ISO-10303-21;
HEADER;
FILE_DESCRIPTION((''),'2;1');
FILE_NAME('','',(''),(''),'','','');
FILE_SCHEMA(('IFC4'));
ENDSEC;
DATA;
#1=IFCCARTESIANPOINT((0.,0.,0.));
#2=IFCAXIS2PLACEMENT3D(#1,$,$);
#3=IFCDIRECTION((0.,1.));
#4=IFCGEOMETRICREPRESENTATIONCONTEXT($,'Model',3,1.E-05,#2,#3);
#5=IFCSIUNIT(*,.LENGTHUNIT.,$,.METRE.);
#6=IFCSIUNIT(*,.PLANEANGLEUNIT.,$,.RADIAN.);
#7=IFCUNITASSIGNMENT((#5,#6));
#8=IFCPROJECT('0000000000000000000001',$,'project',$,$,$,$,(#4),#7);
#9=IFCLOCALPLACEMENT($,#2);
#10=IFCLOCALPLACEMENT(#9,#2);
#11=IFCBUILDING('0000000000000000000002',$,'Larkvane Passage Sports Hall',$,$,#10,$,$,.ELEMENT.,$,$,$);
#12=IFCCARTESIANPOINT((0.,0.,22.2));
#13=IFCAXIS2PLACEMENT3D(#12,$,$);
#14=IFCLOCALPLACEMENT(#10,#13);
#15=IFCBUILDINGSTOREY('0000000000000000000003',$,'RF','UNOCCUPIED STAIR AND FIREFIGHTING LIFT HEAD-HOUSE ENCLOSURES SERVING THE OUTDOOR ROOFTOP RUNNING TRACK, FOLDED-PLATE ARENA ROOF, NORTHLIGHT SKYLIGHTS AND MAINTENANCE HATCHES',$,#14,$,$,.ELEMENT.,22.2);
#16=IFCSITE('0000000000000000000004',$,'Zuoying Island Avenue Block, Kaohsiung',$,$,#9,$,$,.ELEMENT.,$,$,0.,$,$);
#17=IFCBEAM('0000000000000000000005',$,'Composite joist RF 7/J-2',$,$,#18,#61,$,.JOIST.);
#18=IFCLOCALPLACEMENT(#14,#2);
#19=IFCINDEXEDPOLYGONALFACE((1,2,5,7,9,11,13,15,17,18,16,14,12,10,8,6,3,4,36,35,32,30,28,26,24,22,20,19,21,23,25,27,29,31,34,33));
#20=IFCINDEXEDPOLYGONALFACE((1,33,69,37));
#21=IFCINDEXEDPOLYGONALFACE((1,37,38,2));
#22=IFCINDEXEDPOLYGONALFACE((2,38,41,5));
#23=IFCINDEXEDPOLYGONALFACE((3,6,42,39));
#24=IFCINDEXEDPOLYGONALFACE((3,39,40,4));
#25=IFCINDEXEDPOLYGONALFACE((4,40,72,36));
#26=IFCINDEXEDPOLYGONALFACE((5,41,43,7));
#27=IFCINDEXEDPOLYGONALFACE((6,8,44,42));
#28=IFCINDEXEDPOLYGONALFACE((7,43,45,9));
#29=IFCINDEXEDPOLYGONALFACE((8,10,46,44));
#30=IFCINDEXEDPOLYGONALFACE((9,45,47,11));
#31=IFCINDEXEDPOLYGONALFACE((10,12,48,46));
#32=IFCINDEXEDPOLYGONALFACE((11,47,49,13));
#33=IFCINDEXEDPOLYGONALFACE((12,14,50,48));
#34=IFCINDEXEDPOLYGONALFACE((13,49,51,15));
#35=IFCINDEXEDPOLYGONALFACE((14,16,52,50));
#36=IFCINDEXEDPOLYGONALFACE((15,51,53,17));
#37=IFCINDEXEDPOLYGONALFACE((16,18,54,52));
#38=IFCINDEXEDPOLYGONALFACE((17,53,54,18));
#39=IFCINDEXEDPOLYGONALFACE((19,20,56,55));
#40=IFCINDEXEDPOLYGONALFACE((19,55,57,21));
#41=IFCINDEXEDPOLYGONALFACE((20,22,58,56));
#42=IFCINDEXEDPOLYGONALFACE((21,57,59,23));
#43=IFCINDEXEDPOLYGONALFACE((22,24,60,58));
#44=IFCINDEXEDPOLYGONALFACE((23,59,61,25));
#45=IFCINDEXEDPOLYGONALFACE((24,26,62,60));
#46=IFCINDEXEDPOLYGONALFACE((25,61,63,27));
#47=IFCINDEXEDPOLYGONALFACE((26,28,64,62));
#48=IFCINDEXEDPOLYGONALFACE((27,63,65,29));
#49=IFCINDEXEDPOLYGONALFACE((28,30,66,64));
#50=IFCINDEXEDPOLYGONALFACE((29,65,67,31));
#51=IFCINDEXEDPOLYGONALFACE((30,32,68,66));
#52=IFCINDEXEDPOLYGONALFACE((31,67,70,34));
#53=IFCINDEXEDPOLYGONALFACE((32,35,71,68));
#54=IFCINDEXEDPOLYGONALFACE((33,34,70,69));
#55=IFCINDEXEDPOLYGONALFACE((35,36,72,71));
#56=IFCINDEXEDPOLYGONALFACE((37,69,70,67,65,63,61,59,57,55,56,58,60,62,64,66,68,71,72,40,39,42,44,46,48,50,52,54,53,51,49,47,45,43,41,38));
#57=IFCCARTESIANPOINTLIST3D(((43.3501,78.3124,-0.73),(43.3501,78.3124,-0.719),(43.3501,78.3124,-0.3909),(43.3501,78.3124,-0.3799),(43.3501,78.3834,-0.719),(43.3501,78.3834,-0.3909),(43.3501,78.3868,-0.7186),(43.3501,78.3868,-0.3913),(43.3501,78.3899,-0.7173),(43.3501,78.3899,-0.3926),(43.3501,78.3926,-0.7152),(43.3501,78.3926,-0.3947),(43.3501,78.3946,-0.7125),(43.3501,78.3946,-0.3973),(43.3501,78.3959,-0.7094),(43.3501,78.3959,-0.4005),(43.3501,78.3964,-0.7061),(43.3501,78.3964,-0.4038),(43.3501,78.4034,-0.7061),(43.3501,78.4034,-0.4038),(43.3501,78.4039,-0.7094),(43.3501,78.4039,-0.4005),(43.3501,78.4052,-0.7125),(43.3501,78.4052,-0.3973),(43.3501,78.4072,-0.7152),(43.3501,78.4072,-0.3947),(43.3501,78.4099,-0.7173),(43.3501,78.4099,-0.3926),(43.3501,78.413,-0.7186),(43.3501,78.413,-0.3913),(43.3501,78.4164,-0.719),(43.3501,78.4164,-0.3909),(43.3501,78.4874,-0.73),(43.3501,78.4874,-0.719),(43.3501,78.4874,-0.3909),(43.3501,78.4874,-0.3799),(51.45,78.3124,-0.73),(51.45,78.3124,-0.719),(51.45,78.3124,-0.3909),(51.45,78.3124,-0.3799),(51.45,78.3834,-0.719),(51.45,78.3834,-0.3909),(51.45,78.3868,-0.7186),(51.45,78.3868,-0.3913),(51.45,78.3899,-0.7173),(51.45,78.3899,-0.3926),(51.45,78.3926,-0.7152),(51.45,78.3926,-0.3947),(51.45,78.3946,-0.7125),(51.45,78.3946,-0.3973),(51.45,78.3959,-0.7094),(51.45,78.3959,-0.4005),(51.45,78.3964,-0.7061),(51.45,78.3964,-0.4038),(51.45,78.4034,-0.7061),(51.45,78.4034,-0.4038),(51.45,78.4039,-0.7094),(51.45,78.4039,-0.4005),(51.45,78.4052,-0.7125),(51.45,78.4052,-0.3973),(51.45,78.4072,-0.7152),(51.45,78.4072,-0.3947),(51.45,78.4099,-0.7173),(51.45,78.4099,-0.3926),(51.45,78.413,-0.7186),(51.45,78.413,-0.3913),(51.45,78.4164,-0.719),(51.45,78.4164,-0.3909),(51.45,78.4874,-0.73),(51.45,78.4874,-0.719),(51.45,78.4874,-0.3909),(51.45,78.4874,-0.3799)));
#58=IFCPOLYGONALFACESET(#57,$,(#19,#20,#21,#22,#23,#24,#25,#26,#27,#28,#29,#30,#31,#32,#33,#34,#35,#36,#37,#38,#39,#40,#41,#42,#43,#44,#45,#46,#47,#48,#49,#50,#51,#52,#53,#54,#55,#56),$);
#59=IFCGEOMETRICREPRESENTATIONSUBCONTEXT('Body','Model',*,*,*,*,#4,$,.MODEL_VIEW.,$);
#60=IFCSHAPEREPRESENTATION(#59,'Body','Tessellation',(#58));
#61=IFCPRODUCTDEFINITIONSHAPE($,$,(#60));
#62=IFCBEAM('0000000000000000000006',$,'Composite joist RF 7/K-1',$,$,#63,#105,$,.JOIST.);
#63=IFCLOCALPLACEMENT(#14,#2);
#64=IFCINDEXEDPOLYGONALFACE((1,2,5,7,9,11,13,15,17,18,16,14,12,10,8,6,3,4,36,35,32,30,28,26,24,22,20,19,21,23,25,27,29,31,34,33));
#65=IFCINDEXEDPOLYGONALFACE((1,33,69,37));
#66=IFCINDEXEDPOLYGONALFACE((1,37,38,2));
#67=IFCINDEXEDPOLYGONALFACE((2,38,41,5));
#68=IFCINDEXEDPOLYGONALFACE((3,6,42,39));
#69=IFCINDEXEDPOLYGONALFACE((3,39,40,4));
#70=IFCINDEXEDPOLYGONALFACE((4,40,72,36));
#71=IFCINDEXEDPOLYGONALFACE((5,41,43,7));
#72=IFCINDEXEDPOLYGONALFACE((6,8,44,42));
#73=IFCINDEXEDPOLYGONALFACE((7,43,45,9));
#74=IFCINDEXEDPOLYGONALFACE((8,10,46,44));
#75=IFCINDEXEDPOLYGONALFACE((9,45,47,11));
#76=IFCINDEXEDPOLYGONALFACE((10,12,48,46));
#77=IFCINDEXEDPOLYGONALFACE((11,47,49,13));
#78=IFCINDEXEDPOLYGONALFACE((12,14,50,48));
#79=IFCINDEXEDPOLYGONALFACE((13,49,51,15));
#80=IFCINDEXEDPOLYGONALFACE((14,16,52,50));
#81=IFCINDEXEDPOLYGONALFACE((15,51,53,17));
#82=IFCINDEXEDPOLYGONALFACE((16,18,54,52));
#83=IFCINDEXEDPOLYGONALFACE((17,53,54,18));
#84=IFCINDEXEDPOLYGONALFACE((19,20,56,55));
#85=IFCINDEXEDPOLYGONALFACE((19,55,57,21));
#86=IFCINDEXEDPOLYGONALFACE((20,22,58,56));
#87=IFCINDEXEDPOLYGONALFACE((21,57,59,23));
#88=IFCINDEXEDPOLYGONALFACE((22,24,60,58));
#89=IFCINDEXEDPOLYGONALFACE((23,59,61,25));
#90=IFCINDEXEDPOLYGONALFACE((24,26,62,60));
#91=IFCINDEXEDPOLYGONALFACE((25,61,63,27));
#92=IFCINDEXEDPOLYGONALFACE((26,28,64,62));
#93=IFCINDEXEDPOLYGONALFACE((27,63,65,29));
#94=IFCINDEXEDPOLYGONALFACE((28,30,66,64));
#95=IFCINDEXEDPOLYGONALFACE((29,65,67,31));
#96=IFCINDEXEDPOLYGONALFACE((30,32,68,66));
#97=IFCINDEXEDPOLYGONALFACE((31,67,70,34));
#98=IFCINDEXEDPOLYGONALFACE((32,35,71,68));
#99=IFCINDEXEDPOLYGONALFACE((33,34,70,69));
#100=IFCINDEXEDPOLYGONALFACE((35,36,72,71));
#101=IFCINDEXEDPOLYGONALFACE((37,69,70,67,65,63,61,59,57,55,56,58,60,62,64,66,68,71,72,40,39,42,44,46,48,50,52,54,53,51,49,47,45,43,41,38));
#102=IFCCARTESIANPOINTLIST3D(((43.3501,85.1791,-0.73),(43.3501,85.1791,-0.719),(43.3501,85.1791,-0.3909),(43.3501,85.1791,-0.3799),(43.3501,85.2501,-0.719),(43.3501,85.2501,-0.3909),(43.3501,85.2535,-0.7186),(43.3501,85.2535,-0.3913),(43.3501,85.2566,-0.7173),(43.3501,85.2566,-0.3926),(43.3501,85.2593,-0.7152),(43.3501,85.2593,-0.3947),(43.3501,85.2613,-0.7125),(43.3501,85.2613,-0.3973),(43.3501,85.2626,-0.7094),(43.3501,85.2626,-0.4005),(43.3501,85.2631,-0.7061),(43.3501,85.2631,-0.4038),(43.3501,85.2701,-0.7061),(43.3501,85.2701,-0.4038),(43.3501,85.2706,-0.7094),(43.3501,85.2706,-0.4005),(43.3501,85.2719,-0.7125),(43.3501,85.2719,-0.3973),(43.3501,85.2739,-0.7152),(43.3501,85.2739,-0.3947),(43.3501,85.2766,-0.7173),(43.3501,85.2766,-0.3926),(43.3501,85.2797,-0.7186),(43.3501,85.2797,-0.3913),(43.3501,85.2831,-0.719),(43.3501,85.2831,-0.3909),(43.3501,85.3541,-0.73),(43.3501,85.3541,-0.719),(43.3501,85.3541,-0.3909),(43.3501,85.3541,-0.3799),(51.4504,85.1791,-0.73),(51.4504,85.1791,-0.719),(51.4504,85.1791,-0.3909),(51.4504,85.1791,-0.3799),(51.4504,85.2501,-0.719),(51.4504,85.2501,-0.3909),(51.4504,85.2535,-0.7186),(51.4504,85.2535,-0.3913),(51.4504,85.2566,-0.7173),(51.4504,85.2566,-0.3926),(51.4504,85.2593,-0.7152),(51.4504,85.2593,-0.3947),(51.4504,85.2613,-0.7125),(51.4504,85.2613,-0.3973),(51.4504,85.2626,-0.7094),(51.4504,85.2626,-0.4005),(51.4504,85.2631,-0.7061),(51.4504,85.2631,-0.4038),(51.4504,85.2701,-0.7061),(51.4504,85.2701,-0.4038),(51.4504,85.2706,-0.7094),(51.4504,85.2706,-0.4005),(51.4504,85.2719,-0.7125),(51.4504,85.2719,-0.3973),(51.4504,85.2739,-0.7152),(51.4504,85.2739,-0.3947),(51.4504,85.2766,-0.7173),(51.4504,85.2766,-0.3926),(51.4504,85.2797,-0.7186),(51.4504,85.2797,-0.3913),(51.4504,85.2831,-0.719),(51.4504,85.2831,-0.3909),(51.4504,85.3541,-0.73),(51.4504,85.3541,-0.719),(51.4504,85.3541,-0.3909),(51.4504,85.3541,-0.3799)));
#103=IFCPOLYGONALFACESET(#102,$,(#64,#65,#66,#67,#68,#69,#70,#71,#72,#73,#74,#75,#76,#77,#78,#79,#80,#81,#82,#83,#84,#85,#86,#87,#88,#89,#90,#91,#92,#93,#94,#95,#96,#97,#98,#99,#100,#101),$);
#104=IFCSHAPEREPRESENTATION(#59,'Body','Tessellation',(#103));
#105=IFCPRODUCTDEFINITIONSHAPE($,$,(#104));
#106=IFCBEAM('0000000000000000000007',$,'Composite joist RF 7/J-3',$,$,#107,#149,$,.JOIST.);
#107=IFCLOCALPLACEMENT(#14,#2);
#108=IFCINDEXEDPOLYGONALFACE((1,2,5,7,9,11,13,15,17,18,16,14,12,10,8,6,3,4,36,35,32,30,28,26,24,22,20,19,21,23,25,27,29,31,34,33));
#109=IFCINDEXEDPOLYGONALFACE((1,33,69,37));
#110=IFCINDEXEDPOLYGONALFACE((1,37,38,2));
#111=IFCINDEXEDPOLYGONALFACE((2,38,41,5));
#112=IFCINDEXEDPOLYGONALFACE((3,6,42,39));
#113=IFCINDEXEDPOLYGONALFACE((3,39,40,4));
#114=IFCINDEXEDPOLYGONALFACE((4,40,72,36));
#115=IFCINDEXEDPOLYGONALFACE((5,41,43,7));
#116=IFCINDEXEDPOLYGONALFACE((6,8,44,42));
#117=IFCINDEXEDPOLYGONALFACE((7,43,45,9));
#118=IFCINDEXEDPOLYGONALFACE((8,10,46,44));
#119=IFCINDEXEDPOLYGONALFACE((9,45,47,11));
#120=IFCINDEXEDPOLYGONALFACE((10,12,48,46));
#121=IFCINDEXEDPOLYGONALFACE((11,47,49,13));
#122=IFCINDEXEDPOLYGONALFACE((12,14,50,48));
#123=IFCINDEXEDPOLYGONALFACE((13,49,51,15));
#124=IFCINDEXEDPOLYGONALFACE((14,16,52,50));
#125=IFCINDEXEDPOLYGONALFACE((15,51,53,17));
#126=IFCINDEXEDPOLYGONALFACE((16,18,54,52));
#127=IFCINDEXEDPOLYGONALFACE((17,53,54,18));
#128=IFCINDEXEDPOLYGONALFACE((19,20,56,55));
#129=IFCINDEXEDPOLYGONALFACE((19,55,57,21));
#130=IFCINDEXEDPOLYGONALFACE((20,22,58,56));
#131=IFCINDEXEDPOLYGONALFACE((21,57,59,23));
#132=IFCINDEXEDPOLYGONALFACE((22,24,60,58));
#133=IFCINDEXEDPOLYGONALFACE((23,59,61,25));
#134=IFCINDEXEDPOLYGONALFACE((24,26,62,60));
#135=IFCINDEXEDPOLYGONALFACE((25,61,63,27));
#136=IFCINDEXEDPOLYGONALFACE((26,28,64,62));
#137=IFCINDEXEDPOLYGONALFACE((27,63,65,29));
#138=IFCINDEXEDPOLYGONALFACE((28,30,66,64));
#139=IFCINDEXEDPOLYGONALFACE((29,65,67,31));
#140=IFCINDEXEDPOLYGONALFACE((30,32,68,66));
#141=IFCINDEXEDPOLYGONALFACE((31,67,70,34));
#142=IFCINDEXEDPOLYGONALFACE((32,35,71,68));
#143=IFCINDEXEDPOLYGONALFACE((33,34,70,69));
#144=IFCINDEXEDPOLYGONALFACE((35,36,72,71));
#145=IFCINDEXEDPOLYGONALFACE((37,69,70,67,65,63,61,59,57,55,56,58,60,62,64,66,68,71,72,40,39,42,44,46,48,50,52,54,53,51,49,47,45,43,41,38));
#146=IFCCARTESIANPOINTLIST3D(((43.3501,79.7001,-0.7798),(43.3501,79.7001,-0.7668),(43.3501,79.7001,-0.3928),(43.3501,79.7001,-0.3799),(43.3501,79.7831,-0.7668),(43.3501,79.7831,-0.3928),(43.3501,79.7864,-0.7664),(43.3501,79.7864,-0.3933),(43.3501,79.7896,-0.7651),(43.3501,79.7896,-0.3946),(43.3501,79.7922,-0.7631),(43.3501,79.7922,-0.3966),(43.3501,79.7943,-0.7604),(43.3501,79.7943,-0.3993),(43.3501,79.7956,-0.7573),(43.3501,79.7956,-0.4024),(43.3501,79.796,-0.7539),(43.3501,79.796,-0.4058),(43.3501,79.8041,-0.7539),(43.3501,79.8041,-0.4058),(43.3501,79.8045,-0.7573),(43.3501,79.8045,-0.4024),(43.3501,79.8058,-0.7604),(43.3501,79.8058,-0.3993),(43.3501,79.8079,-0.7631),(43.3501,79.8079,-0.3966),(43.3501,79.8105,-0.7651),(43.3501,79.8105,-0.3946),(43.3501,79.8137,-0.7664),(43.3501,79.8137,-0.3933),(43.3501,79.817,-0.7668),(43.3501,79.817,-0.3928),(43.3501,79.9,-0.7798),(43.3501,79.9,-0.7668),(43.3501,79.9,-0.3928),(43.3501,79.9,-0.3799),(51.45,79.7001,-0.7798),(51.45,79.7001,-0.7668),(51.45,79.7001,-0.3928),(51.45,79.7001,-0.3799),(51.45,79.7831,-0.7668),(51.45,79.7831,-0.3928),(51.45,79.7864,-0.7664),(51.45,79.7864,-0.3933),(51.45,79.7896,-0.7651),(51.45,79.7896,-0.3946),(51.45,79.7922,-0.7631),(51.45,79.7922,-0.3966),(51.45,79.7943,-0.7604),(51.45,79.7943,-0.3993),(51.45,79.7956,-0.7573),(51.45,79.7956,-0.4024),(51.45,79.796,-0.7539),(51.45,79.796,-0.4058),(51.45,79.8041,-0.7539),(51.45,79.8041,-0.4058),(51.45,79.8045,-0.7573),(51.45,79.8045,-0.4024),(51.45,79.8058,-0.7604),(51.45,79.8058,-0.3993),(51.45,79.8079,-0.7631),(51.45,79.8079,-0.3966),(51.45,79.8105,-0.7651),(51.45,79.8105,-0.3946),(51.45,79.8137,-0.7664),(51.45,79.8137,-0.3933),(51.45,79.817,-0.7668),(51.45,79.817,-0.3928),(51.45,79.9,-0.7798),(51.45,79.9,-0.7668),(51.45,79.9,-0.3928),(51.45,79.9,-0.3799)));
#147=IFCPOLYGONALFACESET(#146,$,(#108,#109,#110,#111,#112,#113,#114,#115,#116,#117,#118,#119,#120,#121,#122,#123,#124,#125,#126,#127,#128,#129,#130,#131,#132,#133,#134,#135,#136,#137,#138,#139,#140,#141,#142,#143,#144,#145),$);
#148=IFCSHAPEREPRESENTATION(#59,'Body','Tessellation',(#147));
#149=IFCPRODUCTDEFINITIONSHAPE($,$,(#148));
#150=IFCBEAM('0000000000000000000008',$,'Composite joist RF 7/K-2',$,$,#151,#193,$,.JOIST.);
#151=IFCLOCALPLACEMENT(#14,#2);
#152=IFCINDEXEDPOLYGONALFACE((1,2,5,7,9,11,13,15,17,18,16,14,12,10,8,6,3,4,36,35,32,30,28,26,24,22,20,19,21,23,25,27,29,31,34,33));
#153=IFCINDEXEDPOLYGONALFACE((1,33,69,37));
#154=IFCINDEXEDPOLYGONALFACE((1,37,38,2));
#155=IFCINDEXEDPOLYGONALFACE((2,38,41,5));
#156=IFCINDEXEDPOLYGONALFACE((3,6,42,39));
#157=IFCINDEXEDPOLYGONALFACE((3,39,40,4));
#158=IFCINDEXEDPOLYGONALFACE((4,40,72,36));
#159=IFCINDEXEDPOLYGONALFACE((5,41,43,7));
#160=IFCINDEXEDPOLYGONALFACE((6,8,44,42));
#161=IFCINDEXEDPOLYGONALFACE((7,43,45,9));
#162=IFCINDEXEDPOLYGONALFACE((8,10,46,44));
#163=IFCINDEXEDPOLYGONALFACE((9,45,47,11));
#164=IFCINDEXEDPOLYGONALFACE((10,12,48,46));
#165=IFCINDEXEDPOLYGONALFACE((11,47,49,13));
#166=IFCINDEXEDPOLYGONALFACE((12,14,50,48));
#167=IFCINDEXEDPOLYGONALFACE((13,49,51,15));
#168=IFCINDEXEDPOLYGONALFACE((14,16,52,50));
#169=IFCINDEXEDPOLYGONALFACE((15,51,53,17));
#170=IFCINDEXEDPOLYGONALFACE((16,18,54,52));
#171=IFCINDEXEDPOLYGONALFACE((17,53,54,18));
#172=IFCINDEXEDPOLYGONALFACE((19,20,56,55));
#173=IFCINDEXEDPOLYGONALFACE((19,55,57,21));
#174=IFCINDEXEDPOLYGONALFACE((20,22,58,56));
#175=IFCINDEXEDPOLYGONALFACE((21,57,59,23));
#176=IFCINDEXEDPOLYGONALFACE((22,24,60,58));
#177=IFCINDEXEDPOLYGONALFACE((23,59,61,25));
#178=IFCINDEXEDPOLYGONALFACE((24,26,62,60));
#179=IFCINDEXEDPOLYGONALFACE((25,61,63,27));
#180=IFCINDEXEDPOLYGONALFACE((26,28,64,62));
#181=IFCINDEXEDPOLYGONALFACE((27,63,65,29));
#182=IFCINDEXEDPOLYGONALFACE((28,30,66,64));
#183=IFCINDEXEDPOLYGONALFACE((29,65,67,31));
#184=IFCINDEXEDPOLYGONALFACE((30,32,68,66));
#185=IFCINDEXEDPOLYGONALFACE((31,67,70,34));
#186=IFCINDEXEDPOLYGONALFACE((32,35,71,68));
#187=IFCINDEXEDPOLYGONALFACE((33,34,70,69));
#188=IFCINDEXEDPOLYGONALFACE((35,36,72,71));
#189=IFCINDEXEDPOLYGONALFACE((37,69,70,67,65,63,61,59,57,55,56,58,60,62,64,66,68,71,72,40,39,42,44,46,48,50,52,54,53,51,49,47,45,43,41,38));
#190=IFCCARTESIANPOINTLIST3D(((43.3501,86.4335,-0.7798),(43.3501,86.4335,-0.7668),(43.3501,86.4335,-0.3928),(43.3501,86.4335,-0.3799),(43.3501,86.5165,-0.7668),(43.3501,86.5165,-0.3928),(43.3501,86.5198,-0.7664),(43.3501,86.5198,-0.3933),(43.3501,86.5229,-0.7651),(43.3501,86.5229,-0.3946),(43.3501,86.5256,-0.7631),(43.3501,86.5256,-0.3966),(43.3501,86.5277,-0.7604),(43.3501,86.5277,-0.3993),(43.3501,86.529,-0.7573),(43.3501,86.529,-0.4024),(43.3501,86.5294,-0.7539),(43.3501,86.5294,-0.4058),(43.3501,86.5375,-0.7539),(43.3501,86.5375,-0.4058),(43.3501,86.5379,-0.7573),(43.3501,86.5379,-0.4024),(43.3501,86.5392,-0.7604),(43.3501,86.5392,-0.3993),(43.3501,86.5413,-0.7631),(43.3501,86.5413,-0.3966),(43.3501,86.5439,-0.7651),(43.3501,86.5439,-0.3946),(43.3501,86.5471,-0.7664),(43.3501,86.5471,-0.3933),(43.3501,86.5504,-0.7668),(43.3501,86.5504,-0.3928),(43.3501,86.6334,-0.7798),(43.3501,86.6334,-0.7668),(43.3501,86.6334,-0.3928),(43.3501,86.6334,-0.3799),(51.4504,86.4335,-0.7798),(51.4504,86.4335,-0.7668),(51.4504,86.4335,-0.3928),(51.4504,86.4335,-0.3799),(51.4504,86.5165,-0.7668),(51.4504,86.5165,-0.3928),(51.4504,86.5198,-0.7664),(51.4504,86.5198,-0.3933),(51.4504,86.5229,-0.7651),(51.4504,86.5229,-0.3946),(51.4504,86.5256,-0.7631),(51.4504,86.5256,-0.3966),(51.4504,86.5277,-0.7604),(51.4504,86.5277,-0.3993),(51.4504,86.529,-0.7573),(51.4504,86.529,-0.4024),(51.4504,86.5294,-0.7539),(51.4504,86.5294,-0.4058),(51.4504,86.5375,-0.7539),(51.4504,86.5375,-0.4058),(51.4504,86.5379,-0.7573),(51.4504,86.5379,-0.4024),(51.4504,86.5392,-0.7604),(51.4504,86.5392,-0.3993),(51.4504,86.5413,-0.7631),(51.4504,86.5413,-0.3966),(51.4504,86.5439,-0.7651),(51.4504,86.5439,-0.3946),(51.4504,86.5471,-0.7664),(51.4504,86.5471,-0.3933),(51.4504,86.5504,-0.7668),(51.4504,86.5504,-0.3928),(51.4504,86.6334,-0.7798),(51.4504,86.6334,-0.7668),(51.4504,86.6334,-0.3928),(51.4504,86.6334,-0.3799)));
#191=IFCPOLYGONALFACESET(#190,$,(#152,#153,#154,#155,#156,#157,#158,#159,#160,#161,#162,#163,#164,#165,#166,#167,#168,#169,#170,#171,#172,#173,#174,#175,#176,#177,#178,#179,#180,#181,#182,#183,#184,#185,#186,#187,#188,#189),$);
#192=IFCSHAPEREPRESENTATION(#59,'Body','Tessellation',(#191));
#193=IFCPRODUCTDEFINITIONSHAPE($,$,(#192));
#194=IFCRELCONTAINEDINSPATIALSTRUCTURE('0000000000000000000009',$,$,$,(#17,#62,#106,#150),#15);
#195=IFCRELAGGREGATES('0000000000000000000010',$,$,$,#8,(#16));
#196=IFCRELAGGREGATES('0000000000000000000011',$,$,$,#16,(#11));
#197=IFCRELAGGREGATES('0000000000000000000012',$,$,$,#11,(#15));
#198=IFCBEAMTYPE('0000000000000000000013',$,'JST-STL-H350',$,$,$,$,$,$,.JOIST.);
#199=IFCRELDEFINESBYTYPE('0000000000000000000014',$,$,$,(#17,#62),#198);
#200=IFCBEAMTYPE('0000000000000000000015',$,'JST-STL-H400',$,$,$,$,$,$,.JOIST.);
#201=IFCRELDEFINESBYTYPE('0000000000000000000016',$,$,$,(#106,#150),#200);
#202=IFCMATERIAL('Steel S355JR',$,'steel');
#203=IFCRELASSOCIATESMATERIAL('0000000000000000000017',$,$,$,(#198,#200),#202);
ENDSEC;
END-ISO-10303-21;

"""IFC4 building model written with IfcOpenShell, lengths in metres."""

from ifc_helpers import new_model, si_unit, direction, frame, origin, origin_2d, place, context, subcontext, project, spatial, i_section, extrude, material, material_profile, profile_set, type_object, element, save


model = new_model("IFC4")

# Units and contexts
model_context = context("Model", 3, precision=1e-05, world=origin(), true_north=direction((0.0, 1.0)))
body_context = subcontext(model_context, "Body", "Model", "MODEL_VIEW")
ifc_project = project(units=[si_unit("LENGTHUNIT", "METRE"), si_unit("PLANEANGLEUNIT", "RADIAN")], contexts=[model_context])

# Site, building, storey
site_placement = place(None, origin())
site = spatial("IfcSite", under=ifc_project, at=site_placement, Name="Zuoying Island Avenue Block, Kaohsiung", CompositionType="ELEMENT", RefElevation=0.0)
building_placement = place(site_placement, origin())
building = spatial("IfcBuilding", under=site, at=building_placement, Name="Larkvane Passage Sports Hall", CompositionType="ELEMENT")
storey_placement = place(building_placement, frame((0.0, 0.0, 22.2)))
storey = spatial("IfcBuildingStorey", under=building, at=storey_placement, Name="RF", Description="UNOCCUPIED STAIR AND FIREFIGHTING LIFT HEAD-HOUSE ENCLOSURES SERVING THE OUTDOOR ROOFTOP RUNNING TRACK, FOLDED-PLATE ARENA ROOF, NORTHLIGHT SKYLIGHTS AND MAINTENANCE HATCHES", CompositionType="ELEMENT", Elevation=22.2)

# Beams
ifc_material_1 = material(Name="Steel S355JR", Category="steel")
ifc_material_profile_1 = material_profile(ifc_material_1, i_section(OverallWidth=0.175, OverallDepth=0.3501, WebThickness=0.0071, FlangeThickness=0.011, FilletRadius=0.0129, at=origin_2d()), Name="H-350x175x7x11")
ifc_profile_set_1 = profile_set([ifc_material_profile_1], Name="Steel S355JR")
beam_type_1 = type_object("IfcBeamType", Name="JST-STL-H350", PredefinedType="JOIST", material=ifc_profile_set_1)
beam_1_placement = place(storey_placement, frame((43.3501, 78.3999, -0.5549), z_axis=(1.0, 0.0, 0.0), x_axis=(0.0, 1.0, 0.0)))
element("IfcBeam", 1, at=beam_1_placement, inside=storey, type_object=beam_type_1, Name="Composite joist RF 7/J-2", PredefinedType="JOIST", context=body_context, shape_type="SweptSolid", body=[
    extrude(i_section(OverallWidth=0.175, OverallDepth=0.3501, WebThickness=0.0071, FlangeThickness=0.011, FilletRadius=0.0129, at=origin_2d()), origin(), (0.0, 0.0, 1.0), 8.0999),
])
beam_2_placement = place(storey_placement, frame((43.3501, 85.2666, -0.5549), z_axis=(1.0, 0.0, 0.0), x_axis=(0.0, 1.0, 0.0)))
element("IfcBeam", 2, at=beam_2_placement, inside=storey, type_object=beam_type_1, Name="Composite joist RF 7/K-1", PredefinedType="JOIST", context=body_context, shape_type="SweptSolid", body=[
    extrude(i_section(OverallWidth=0.175, OverallDepth=0.3501, WebThickness=0.0071, FlangeThickness=0.011, FilletRadius=0.0129, at=origin_2d()), origin(), (0.0, 0.0, 1.0), 8.1003),
])
ifc_material_profile_2 = material_profile(ifc_material_1, i_section(OverallWidth=0.2, OverallDepth=0.3999, WebThickness=0.0081, FlangeThickness=0.0129, FilletRadius=0.0129, at=origin_2d()), Name="H-400x200x8x13")
ifc_profile_set_2 = profile_set([ifc_material_profile_2], Name="Steel S355JR")
beam_type_2 = type_object("IfcBeamType", Name="JST-STL-H400", PredefinedType="JOIST", material=ifc_profile_set_2)
beam_3_placement = place(storey_placement, frame((43.3501, 79.8, -0.5798), z_axis=(1.0, 0.0, 0.0), x_axis=(0.0, 1.0, 0.0)))
element("IfcBeam", 3, at=beam_3_placement, inside=storey, type_object=beam_type_2, Name="Composite joist RF 7/J-3", PredefinedType="JOIST", context=body_context, shape_type="SweptSolid", body=[
    extrude(i_section(OverallWidth=0.2, OverallDepth=0.3999, WebThickness=0.0081, FlangeThickness=0.0129, FilletRadius=0.0129, at=origin_2d()), origin(), (0.0, 0.0, 1.0), 8.0999),
])
beam_4_placement = place(storey_placement, frame((43.3501, 86.5334, -0.5798), z_axis=(1.0, 0.0, 0.0), x_axis=(0.0, 1.0, 0.0)))
element("IfcBeam", 4, at=beam_4_placement, inside=storey, type_object=beam_type_2, Name="Composite joist RF 7/K-2", PredefinedType="JOIST", context=body_context, shape_type="SweptSolid", body=[
    extrude(i_section(OverallWidth=0.2, OverallDepth=0.3999, WebThickness=0.0081, FlangeThickness=0.0129, FilletRadius=0.0129, at=origin_2d()), origin(), (0.0, 0.0, 1.0), 8.1003),
])

save(model, "model.ifc")
